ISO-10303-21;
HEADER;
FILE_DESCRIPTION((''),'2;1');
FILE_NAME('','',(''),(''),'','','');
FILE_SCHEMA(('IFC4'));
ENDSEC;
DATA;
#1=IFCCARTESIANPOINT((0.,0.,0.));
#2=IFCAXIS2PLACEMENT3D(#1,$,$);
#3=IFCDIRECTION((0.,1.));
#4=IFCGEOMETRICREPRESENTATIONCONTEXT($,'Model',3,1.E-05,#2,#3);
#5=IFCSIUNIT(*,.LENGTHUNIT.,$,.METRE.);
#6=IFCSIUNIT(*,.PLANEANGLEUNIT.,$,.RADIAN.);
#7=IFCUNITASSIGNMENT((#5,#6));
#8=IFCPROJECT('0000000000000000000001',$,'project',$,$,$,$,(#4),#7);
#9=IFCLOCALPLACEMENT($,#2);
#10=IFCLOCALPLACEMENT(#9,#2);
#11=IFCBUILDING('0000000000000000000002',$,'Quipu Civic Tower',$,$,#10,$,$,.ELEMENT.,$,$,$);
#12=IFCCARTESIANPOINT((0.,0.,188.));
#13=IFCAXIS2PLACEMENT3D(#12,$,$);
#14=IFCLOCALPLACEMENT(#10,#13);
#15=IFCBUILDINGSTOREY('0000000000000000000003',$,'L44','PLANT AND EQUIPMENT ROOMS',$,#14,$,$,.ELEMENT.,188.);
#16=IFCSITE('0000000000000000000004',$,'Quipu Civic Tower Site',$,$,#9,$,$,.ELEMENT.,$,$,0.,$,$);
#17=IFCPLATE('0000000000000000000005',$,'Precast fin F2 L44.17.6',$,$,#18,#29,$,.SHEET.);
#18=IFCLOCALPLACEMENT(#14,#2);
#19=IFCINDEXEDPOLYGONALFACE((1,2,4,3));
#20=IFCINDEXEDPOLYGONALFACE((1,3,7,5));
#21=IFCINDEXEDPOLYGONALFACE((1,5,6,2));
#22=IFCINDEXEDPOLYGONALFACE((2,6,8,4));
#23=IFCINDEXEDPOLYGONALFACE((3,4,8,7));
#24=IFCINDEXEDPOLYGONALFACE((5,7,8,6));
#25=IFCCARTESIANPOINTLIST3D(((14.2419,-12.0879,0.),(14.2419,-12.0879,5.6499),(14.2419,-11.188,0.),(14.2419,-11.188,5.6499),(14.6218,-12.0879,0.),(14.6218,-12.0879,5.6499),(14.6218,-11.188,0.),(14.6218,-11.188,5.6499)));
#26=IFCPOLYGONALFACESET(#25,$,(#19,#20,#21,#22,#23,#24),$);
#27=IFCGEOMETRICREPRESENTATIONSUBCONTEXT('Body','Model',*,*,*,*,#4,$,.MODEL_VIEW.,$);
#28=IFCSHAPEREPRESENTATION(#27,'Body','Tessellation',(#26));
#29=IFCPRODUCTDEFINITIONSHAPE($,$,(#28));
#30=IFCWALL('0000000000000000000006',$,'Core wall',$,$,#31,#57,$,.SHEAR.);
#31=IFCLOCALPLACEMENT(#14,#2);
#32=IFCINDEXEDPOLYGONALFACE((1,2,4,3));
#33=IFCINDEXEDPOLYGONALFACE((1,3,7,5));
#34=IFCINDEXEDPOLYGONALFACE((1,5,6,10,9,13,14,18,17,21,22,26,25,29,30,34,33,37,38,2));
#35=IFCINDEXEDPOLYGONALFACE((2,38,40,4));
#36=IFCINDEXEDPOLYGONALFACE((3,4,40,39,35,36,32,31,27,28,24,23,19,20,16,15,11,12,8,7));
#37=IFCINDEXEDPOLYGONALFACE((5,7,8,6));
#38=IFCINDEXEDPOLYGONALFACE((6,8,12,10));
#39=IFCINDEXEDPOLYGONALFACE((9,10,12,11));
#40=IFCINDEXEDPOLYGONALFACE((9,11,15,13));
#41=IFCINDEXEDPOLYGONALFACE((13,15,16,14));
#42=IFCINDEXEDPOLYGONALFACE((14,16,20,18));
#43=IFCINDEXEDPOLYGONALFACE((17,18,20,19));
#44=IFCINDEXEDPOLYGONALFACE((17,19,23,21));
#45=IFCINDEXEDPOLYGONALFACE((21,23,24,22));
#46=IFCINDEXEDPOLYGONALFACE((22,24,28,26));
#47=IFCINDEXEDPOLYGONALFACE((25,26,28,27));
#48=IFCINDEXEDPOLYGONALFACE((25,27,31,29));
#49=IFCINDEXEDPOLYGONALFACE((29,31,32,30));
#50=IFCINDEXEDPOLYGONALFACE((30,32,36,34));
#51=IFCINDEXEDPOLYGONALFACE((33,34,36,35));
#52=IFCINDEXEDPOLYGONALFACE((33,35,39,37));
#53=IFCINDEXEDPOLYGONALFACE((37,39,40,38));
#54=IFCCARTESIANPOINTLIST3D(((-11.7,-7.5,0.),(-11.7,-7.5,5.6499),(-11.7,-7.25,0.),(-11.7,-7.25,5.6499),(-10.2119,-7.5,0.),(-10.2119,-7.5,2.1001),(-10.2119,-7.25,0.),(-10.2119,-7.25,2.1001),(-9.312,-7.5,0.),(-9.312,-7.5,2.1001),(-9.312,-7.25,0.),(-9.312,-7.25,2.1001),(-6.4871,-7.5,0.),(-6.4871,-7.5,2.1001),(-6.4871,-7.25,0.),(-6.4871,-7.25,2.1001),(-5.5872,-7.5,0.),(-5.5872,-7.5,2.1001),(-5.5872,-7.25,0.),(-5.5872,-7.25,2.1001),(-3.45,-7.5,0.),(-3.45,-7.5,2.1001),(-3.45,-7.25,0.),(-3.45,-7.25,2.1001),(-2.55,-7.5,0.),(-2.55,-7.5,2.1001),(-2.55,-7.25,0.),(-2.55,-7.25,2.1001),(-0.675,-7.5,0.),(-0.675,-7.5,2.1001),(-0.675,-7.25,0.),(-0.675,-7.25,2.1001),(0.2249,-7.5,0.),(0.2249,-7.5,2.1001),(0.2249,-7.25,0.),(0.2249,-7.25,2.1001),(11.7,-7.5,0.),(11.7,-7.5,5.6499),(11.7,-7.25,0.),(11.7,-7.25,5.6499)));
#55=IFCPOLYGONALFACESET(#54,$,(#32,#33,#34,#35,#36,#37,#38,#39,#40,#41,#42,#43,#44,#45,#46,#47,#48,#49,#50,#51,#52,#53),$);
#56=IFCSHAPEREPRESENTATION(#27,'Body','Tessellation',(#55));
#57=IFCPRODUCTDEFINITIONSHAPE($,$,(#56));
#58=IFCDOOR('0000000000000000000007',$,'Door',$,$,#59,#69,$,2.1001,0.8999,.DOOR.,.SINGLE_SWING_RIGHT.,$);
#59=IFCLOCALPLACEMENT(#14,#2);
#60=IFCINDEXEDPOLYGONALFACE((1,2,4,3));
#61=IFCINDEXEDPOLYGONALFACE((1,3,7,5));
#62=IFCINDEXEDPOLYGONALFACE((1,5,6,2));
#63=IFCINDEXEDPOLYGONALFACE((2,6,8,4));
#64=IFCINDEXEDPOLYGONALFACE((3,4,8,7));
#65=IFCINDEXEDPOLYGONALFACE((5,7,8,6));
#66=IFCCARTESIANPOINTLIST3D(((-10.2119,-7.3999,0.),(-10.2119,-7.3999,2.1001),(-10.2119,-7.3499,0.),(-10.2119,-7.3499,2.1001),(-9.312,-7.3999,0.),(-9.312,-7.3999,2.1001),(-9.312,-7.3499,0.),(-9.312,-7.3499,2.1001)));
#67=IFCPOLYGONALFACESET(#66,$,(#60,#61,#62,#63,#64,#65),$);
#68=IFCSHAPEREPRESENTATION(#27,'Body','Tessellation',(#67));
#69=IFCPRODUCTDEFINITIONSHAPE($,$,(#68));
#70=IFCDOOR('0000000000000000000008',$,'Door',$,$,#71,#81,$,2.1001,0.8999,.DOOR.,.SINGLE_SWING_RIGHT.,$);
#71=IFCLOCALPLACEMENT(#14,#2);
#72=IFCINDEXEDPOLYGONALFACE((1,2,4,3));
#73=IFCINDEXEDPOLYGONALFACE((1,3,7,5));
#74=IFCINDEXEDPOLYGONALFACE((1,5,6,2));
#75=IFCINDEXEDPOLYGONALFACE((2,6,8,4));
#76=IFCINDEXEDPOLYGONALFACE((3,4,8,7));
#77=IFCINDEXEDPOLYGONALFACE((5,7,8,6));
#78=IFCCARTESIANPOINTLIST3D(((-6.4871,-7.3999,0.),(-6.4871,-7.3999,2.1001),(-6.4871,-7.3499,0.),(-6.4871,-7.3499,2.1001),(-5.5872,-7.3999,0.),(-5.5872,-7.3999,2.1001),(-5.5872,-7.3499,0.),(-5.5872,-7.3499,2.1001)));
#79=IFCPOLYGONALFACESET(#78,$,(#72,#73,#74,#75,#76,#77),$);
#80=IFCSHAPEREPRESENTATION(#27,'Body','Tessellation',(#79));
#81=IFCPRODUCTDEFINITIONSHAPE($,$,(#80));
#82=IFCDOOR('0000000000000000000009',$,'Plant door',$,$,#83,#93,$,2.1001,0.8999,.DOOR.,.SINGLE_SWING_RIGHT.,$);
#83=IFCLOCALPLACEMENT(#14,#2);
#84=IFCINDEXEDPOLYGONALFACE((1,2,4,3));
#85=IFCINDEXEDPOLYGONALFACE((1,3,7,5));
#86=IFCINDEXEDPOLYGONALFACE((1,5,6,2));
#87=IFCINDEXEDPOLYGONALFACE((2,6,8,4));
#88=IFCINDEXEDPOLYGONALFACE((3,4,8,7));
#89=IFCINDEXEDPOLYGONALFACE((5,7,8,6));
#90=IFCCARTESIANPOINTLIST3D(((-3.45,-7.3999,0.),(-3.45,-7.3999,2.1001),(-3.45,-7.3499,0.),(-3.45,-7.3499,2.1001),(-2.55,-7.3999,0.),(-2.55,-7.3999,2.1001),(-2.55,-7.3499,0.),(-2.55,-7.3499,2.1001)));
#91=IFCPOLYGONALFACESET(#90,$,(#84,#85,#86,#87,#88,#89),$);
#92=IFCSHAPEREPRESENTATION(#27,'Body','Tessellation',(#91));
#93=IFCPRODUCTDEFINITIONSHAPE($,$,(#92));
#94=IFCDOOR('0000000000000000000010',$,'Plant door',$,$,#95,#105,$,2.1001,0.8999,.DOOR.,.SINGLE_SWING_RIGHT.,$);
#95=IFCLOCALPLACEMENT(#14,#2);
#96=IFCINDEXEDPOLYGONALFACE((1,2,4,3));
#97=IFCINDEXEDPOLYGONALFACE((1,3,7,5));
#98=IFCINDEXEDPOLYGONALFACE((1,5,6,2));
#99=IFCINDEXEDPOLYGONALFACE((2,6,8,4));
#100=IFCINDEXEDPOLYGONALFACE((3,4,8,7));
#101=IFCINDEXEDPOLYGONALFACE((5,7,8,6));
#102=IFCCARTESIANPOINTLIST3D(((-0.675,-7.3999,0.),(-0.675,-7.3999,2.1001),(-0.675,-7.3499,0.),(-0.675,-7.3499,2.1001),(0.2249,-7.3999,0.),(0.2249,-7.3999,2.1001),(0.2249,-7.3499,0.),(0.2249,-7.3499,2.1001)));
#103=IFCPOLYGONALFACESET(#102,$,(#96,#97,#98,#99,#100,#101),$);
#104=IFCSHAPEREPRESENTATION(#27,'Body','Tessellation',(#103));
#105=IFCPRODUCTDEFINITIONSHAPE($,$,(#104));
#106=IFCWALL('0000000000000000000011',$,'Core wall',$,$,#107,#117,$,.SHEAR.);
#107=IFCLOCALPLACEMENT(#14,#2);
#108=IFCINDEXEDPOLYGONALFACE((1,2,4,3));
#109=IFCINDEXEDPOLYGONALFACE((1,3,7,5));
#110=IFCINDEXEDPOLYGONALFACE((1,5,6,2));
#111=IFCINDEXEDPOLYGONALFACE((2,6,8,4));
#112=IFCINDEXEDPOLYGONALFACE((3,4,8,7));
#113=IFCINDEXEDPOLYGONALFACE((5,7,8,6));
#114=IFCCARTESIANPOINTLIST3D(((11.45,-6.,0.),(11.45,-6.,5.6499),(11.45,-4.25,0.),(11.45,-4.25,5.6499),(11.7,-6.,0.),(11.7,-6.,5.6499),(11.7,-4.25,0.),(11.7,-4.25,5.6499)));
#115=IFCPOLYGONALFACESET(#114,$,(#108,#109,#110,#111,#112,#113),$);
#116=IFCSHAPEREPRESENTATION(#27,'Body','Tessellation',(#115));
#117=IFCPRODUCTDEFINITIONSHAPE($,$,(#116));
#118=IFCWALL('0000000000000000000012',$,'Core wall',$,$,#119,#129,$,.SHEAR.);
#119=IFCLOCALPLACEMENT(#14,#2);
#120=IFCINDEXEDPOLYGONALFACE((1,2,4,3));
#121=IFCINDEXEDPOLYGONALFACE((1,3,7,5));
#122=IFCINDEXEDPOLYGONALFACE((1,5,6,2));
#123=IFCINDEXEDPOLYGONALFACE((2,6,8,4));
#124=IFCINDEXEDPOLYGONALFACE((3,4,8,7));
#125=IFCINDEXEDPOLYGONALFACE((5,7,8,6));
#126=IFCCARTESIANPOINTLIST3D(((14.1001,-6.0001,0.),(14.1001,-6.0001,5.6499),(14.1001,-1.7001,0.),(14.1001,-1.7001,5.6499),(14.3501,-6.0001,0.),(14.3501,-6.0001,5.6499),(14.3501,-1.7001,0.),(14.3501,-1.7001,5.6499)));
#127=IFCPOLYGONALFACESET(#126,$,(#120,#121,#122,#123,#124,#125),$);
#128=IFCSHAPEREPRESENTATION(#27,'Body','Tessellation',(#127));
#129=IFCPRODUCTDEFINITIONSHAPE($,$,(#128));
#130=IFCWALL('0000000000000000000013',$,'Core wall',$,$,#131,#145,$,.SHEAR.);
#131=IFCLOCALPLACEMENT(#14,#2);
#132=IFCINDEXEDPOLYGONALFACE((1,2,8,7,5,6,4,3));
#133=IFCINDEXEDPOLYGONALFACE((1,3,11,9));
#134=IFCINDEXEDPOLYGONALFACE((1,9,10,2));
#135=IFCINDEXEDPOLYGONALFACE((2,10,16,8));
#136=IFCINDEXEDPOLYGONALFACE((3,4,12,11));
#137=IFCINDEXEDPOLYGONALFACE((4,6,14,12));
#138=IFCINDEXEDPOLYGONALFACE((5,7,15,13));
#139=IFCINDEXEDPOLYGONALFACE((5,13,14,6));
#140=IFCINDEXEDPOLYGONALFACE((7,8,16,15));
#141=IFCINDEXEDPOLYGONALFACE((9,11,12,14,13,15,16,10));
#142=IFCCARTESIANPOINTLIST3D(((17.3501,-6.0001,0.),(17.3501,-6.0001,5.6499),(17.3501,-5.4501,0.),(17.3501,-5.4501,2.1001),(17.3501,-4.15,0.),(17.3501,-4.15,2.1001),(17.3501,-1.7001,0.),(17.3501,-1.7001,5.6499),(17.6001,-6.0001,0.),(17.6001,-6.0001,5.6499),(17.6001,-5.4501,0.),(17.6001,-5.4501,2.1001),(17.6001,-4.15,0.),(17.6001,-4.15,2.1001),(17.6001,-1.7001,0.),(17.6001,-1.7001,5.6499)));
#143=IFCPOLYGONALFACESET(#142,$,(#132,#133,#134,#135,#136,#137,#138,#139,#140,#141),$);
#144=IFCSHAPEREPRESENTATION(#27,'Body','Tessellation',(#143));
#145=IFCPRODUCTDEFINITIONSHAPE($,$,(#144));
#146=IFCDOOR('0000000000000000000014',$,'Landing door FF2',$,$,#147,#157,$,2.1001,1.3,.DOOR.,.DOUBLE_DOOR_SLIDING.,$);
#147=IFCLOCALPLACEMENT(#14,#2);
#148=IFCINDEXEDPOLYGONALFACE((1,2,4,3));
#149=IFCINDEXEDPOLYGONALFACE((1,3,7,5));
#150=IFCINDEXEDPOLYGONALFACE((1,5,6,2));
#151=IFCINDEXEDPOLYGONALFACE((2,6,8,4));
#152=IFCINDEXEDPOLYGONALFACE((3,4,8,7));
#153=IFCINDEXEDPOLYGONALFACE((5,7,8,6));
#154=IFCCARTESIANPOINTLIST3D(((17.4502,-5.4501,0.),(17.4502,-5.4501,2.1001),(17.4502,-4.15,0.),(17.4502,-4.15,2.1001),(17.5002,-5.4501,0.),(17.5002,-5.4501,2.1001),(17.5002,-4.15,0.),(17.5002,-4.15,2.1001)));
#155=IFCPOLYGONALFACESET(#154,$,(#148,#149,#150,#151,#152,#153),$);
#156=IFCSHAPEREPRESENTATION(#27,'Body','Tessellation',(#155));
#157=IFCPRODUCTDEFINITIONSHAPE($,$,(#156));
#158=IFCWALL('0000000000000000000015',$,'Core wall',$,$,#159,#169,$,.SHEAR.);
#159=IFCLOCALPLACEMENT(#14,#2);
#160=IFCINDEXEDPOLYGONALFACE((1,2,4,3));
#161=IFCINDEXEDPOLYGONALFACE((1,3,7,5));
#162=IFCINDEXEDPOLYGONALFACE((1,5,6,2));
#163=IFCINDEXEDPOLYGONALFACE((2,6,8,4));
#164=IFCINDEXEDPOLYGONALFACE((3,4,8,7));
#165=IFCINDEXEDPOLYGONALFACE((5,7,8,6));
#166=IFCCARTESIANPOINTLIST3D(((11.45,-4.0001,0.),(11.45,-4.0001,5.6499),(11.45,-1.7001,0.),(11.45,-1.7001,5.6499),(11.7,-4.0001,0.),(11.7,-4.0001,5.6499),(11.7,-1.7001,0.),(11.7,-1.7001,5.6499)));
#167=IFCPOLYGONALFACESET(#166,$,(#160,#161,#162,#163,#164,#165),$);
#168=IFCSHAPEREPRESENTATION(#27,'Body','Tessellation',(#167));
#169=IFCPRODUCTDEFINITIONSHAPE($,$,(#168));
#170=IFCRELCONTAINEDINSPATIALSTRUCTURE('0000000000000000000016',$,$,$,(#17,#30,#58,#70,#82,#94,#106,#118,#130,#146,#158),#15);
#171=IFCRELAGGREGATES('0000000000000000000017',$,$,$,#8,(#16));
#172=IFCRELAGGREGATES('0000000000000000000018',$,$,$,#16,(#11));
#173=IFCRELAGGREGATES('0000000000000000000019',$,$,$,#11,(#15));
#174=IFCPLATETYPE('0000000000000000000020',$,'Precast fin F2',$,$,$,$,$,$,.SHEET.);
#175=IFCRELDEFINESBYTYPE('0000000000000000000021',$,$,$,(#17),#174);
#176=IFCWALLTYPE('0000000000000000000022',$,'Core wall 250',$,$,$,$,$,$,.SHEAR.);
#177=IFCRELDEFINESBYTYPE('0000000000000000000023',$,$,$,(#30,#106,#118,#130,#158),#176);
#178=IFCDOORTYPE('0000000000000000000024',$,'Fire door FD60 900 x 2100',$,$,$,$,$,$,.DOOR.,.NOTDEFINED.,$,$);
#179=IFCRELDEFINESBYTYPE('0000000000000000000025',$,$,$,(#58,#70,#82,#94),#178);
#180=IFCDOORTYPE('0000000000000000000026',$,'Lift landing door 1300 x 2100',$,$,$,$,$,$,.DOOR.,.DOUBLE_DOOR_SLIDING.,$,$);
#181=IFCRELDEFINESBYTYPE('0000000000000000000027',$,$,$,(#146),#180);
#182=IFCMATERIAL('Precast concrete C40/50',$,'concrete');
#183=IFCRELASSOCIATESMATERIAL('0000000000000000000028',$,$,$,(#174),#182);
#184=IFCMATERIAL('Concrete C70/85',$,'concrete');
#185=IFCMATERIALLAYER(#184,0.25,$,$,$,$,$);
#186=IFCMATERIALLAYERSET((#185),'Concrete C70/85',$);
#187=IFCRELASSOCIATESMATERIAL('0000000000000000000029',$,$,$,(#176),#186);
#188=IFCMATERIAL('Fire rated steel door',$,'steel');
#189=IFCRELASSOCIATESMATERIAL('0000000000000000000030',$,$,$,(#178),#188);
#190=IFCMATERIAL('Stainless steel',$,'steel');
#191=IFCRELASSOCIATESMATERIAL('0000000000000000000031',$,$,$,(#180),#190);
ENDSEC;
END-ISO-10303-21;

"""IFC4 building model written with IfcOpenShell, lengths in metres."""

from ifc_helpers import new_model, si_unit, direction, frame, frame_2d, origin, origin_2d, place, context, subcontext, project, spatial, rectangle, extrude, material, layer, layer_set, type_object, element, fill, save


model = new_model("IFC4")

# Units and contexts
model_context = context("Model", 3, precision=1e-05, world=origin(), true_north=direction((0.0, 1.0)))
body_context = subcontext(model_context, "Body", "Model", "MODEL_VIEW")
ifc_project = project(units=[si_unit("LENGTHUNIT", "METRE"), si_unit("PLANEANGLEUNIT", "RADIAN")], contexts=[model_context])

# Site, building, storey
site_placement = place(None, origin())
site = spatial("IfcSite", under=ifc_project, at=site_placement, Name="Quipu Civic Tower Site", CompositionType="ELEMENT", RefElevation=0.0)
building_placement = place(site_placement, origin())
building = spatial("IfcBuilding", under=site, at=building_placement, Name="Quipu Civic Tower", CompositionType="ELEMENT")
storey_placement = place(building_placement, frame((0.0, 0.0, 188.0)))
storey = spatial("IfcBuildingStorey", under=building, at=storey_placement, Name="L44", Description="PLANT AND EQUIPMENT ROOMS", CompositionType="ELEMENT", Elevation=188.0)

# Plate
ifc_material_1 = material(Name="Precast concrete C40/50", Category="concrete")
plate_type = type_object("IfcPlateType", Name="Precast fin F2", PredefinedType="SHEET", material=ifc_material_1)
plate_placement = place(storey_placement, frame((14.4319, -11.6379, 0.0), z_axis=(0.0, 0.0, 1.0), x_axis=(1.0, 0.0, 0.0)))
element("IfcPlate", 1, at=plate_placement, inside=storey, type_object=plate_type, Name="Precast fin F2 L44.17.6", PredefinedType="SHEET", context=body_context, shape_type="SweptSolid", body=[
    extrude(rectangle(XDim=0.3799, YDim=0.8999, at=origin_2d()), origin(), (0.0, 0.0, 1.0), 5.6499),
])

# Wall, openings, doors
ifc_material_2 = material(Name="Concrete C70/85", Category="concrete")
ifc_layer = layer(ifc_material_2, 0.25)
ifc_layer_set = layer_set([ifc_layer], Name="Concrete C70/85")
wall_type = type_object("IfcWallType", Name="Core wall 250", PredefinedType="SHEAR", material=ifc_layer_set)
wall_1_placement = place(storey_placement, frame((11.7, -7.375, 0.0), z_axis=(0.0, 0.0, 1.0), x_axis=(-1.0, 0.0, 0.0)))
wall_1 = element("IfcWall", 2, at=wall_1_placement, inside=storey, type_object=wall_type, Name="Core wall", PredefinedType="SHEAR", context=body_context, shape_type="SweptSolid", body=[
    extrude(rectangle(XDim=23.3999, YDim=0.25, at=frame_2d((11.7, 0.0))), origin(), (0.0, 0.0, 1.0), 5.6499),
])
opening_1_placement = place(wall_1_placement, frame((21.012, 0.0, 0.0)))
opening_1 = element("IfcOpeningElement", 3, at=opening_1_placement, cuts=wall_1, PredefinedType="OPENING", context=body_context, shape_type="SweptSolid", body=[
    extrude(rectangle(XDim=0.8999, YDim=2.1001, at=frame_2d((0.45, 1.05))), frame((0.0, 0.135, 0.0), z_axis=(0.0, -1.0, 0.0), x_axis=(1.0, 0.0, 0.0)), (0.0, 0.0, 1.0), 0.27),
])
opening_2_placement = place(wall_1_placement, frame((17.2871, 0.0, 0.0)))
opening_2 = element("IfcOpeningElement", 4, at=opening_2_placement, cuts=wall_1, PredefinedType="OPENING", context=body_context, shape_type="SweptSolid", body=[
    extrude(rectangle(XDim=0.8999, YDim=2.1001, at=frame_2d((0.45, 1.05))), frame((0.0, 0.135, 0.0), z_axis=(0.0, -1.0, 0.0), x_axis=(1.0, 0.0, 0.0)), (0.0, 0.0, 1.0), 0.27),
])
opening_3_placement = place(wall_1_placement, frame((14.25, 0.0, 0.0)))
opening_3 = element("IfcOpeningElement", 5, at=opening_3_placement, cuts=wall_1, PredefinedType="OPENING", context=body_context, shape_type="SweptSolid", body=[
    extrude(rectangle(XDim=0.8999, YDim=2.1001, at=frame_2d((0.45, 1.05))), frame((0.0, 0.135, 0.0), z_axis=(0.0, -1.0, 0.0), x_axis=(1.0, 0.0, 0.0)), (0.0, 0.0, 1.0), 0.27),
])
opening_4_placement = place(wall_1_placement, frame((11.4751, 0.0, 0.0)))
opening_4 = element("IfcOpeningElement", 6, at=opening_4_placement, cuts=wall_1, PredefinedType="OPENING", context=body_context, shape_type="SweptSolid", body=[
    extrude(rectangle(XDim=0.8999, YDim=2.1001, at=frame_2d((0.45, 1.05))), frame((0.0, 0.135, 0.0), z_axis=(0.0, -1.0, 0.0), x_axis=(1.0, 0.0, 0.0)), (0.0, 0.0, 1.0), 0.27),
])
ifc_material_3 = material(Name="Fire rated steel door", Category="steel")
door_type_1 = type_object("IfcDoorType", Name="Fire door FD60 900 x 2100", OperationType="NOTDEFINED", PredefinedType="DOOR", material=ifc_material_3)
door_1_placement = place(opening_1_placement, origin())
door_1 = element("IfcDoor", 7, at=door_1_placement, inside=storey, type_object=door_type_1, Name="Door", OperationType="SINGLE_SWING_RIGHT", OverallHeight=2.1001, OverallWidth=0.8999, PredefinedType="DOOR", context=body_context, shape_type="SweptSolid", body=[
    extrude(rectangle(XDim=0.8999, YDim=2.1001, at=frame_2d((0.45, 1.05))), frame((0.0, 0.0249, 0.0), z_axis=(0.0, -1.0, 0.0), x_axis=(1.0, 0.0, 0.0)), (0.0, 0.0, 1.0), 0.05),
])
fill(opening_1, door_1)
door_2_placement = place(opening_2_placement, origin())
door_2 = element("IfcDoor", 8, at=door_2_placement, inside=storey, type_object=door_type_1, Name="Door", OperationType="SINGLE_SWING_RIGHT", OverallHeight=2.1001, OverallWidth=0.8999, PredefinedType="DOOR", context=body_context, shape_type="SweptSolid", body=[
    extrude(rectangle(XDim=0.8999, YDim=2.1001, at=frame_2d((0.45, 1.05))), frame((0.0, 0.0249, 0.0), z_axis=(0.0, -1.0, 0.0), x_axis=(1.0, 0.0, 0.0)), (0.0, 0.0, 1.0), 0.05),
])
fill(opening_2, door_2)
door_3_placement = place(opening_3_placement, origin())
door_3 = element("IfcDoor", 9, at=door_3_placement, inside=storey, type_object=door_type_1, Name="Plant door", OperationType="SINGLE_SWING_RIGHT", OverallHeight=2.1001, OverallWidth=0.8999, PredefinedType="DOOR", context=body_context, shape_type="SweptSolid", body=[
    extrude(rectangle(XDim=0.8999, YDim=2.1001, at=frame_2d((0.45, 1.05))), frame((0.0, 0.0249, 0.0), z_axis=(0.0, -1.0, 0.0), x_axis=(1.0, 0.0, 0.0)), (0.0, 0.0, 1.0), 0.05),
])
fill(opening_3, door_3)
door_4_placement = place(opening_4_placement, origin())
door_4 = element("IfcDoor", 10, at=door_4_placement, inside=storey, type_object=door_type_1, Name="Plant door", OperationType="SINGLE_SWING_RIGHT", OverallHeight=2.1001, OverallWidth=0.8999, PredefinedType="DOOR", context=body_context, shape_type="SweptSolid", body=[
    extrude(rectangle(XDim=0.8999, YDim=2.1001, at=frame_2d((0.45, 1.05))), frame((0.0, 0.0249, 0.0), z_axis=(0.0, -1.0, 0.0), x_axis=(1.0, 0.0, 0.0)), (0.0, 0.0, 1.0), 0.05),
])
fill(opening_4, door_4)

# Walls
wall_2_placement = place(storey_placement, frame((11.575, -6.0, 0.0), z_axis=(0.0, 0.0, 1.0), x_axis=(0.0, 1.0, 0.0)))
element("IfcWall", 11, at=wall_2_placement, inside=storey, type_object=wall_type, Name="Core wall", PredefinedType="SHEAR", context=body_context, shape_type="SweptSolid", body=[
    extrude(rectangle(XDim=1.75, YDim=0.25, at=frame_2d((0.875, 0.0))), origin(), (0.0, 0.0, 1.0), 5.6499),
])
wall_3_placement = place(storey_placement, frame((14.2251, -6.0, 0.0), z_axis=(0.0, 0.0, 1.0), x_axis=(0.0, 1.0, 0.0)))
element("IfcWall", 12, at=wall_3_placement, inside=storey, type_object=wall_type, Name="Core wall", PredefinedType="SHEAR", context=body_context, shape_type="SweptSolid", body=[
    extrude(rectangle(XDim=4.3, YDim=0.25, at=frame_2d((2.1499, 0.0))), origin(), (0.0, 0.0, 1.0), 5.6499),
])

# Wall, opening, door
wall_4_placement = place(storey_placement, frame((17.4751, -6.0, 0.0), z_axis=(0.0, 0.0, 1.0), x_axis=(0.0, 1.0, 0.0)))
wall_4 = element("IfcWall", 13, at=wall_4_placement, inside=storey, type_object=wall_type, Name="Core wall", PredefinedType="SHEAR", context=body_context, shape_type="SweptSolid", body=[
    extrude(rectangle(XDim=4.3, YDim=0.25, at=frame_2d((2.1499, 0.0))), origin(), (0.0, 0.0, 1.0), 5.6499),
])
opening_5_placement = place(wall_4_placement, frame((0.55, 0.0, 0.0)))
opening_5 = element("IfcOpeningElement", 14, at=opening_5_placement, cuts=wall_4, PredefinedType="OPENING", context=body_context, shape_type="SweptSolid", body=[
    extrude(rectangle(XDim=1.3, YDim=2.1001, at=frame_2d((0.6499, 1.05))), frame((0.0, 0.135, 0.0), z_axis=(0.0, -1.0, 0.0), x_axis=(1.0, 0.0, 0.0)), (0.0, 0.0, 1.0), 0.27),
])
ifc_material_4 = material(Name="Stainless steel", Category="steel")
door_type_2 = type_object("IfcDoorType", Name="Lift landing door 1300 x 2100", OperationType="DOUBLE_DOOR_SLIDING", PredefinedType="DOOR", material=ifc_material_4)
door_5_placement = place(opening_5_placement, origin())
door_5 = element("IfcDoor", 15, at=door_5_placement, inside=storey, type_object=door_type_2, Name="Landing door FF2", OperationType="DOUBLE_DOOR_SLIDING", OverallHeight=2.1001, OverallWidth=1.3, PredefinedType="DOOR", context=body_context, shape_type="SweptSolid", body=[
    extrude(rectangle(XDim=1.3, YDim=2.1001, at=frame_2d((0.6499, 1.05))), frame((0.0, 0.0249, 0.0), z_axis=(0.0, -1.0, 0.0), x_axis=(1.0, 0.0, 0.0)), (0.0, 0.0, 1.0), 0.05),
])
fill(opening_5, door_5)

# Wall
wall_5_placement = place(storey_placement, frame((11.575, -4.0, 0.0), z_axis=(0.0, 0.0, 1.0), x_axis=(0.0, 1.0, 0.0)))
element("IfcWall", 16, at=wall_5_placement, inside=storey, type_object=wall_type, Name="Core wall", PredefinedType="SHEAR", context=body_context, shape_type="SweptSolid", body=[
    extrude(rectangle(XDim=2.3, YDim=0.25, at=frame_2d((1.1499, 0.0))), origin(), (0.0, 0.0, 1.0), 5.6499),
])

save(model, "model.ifc")
